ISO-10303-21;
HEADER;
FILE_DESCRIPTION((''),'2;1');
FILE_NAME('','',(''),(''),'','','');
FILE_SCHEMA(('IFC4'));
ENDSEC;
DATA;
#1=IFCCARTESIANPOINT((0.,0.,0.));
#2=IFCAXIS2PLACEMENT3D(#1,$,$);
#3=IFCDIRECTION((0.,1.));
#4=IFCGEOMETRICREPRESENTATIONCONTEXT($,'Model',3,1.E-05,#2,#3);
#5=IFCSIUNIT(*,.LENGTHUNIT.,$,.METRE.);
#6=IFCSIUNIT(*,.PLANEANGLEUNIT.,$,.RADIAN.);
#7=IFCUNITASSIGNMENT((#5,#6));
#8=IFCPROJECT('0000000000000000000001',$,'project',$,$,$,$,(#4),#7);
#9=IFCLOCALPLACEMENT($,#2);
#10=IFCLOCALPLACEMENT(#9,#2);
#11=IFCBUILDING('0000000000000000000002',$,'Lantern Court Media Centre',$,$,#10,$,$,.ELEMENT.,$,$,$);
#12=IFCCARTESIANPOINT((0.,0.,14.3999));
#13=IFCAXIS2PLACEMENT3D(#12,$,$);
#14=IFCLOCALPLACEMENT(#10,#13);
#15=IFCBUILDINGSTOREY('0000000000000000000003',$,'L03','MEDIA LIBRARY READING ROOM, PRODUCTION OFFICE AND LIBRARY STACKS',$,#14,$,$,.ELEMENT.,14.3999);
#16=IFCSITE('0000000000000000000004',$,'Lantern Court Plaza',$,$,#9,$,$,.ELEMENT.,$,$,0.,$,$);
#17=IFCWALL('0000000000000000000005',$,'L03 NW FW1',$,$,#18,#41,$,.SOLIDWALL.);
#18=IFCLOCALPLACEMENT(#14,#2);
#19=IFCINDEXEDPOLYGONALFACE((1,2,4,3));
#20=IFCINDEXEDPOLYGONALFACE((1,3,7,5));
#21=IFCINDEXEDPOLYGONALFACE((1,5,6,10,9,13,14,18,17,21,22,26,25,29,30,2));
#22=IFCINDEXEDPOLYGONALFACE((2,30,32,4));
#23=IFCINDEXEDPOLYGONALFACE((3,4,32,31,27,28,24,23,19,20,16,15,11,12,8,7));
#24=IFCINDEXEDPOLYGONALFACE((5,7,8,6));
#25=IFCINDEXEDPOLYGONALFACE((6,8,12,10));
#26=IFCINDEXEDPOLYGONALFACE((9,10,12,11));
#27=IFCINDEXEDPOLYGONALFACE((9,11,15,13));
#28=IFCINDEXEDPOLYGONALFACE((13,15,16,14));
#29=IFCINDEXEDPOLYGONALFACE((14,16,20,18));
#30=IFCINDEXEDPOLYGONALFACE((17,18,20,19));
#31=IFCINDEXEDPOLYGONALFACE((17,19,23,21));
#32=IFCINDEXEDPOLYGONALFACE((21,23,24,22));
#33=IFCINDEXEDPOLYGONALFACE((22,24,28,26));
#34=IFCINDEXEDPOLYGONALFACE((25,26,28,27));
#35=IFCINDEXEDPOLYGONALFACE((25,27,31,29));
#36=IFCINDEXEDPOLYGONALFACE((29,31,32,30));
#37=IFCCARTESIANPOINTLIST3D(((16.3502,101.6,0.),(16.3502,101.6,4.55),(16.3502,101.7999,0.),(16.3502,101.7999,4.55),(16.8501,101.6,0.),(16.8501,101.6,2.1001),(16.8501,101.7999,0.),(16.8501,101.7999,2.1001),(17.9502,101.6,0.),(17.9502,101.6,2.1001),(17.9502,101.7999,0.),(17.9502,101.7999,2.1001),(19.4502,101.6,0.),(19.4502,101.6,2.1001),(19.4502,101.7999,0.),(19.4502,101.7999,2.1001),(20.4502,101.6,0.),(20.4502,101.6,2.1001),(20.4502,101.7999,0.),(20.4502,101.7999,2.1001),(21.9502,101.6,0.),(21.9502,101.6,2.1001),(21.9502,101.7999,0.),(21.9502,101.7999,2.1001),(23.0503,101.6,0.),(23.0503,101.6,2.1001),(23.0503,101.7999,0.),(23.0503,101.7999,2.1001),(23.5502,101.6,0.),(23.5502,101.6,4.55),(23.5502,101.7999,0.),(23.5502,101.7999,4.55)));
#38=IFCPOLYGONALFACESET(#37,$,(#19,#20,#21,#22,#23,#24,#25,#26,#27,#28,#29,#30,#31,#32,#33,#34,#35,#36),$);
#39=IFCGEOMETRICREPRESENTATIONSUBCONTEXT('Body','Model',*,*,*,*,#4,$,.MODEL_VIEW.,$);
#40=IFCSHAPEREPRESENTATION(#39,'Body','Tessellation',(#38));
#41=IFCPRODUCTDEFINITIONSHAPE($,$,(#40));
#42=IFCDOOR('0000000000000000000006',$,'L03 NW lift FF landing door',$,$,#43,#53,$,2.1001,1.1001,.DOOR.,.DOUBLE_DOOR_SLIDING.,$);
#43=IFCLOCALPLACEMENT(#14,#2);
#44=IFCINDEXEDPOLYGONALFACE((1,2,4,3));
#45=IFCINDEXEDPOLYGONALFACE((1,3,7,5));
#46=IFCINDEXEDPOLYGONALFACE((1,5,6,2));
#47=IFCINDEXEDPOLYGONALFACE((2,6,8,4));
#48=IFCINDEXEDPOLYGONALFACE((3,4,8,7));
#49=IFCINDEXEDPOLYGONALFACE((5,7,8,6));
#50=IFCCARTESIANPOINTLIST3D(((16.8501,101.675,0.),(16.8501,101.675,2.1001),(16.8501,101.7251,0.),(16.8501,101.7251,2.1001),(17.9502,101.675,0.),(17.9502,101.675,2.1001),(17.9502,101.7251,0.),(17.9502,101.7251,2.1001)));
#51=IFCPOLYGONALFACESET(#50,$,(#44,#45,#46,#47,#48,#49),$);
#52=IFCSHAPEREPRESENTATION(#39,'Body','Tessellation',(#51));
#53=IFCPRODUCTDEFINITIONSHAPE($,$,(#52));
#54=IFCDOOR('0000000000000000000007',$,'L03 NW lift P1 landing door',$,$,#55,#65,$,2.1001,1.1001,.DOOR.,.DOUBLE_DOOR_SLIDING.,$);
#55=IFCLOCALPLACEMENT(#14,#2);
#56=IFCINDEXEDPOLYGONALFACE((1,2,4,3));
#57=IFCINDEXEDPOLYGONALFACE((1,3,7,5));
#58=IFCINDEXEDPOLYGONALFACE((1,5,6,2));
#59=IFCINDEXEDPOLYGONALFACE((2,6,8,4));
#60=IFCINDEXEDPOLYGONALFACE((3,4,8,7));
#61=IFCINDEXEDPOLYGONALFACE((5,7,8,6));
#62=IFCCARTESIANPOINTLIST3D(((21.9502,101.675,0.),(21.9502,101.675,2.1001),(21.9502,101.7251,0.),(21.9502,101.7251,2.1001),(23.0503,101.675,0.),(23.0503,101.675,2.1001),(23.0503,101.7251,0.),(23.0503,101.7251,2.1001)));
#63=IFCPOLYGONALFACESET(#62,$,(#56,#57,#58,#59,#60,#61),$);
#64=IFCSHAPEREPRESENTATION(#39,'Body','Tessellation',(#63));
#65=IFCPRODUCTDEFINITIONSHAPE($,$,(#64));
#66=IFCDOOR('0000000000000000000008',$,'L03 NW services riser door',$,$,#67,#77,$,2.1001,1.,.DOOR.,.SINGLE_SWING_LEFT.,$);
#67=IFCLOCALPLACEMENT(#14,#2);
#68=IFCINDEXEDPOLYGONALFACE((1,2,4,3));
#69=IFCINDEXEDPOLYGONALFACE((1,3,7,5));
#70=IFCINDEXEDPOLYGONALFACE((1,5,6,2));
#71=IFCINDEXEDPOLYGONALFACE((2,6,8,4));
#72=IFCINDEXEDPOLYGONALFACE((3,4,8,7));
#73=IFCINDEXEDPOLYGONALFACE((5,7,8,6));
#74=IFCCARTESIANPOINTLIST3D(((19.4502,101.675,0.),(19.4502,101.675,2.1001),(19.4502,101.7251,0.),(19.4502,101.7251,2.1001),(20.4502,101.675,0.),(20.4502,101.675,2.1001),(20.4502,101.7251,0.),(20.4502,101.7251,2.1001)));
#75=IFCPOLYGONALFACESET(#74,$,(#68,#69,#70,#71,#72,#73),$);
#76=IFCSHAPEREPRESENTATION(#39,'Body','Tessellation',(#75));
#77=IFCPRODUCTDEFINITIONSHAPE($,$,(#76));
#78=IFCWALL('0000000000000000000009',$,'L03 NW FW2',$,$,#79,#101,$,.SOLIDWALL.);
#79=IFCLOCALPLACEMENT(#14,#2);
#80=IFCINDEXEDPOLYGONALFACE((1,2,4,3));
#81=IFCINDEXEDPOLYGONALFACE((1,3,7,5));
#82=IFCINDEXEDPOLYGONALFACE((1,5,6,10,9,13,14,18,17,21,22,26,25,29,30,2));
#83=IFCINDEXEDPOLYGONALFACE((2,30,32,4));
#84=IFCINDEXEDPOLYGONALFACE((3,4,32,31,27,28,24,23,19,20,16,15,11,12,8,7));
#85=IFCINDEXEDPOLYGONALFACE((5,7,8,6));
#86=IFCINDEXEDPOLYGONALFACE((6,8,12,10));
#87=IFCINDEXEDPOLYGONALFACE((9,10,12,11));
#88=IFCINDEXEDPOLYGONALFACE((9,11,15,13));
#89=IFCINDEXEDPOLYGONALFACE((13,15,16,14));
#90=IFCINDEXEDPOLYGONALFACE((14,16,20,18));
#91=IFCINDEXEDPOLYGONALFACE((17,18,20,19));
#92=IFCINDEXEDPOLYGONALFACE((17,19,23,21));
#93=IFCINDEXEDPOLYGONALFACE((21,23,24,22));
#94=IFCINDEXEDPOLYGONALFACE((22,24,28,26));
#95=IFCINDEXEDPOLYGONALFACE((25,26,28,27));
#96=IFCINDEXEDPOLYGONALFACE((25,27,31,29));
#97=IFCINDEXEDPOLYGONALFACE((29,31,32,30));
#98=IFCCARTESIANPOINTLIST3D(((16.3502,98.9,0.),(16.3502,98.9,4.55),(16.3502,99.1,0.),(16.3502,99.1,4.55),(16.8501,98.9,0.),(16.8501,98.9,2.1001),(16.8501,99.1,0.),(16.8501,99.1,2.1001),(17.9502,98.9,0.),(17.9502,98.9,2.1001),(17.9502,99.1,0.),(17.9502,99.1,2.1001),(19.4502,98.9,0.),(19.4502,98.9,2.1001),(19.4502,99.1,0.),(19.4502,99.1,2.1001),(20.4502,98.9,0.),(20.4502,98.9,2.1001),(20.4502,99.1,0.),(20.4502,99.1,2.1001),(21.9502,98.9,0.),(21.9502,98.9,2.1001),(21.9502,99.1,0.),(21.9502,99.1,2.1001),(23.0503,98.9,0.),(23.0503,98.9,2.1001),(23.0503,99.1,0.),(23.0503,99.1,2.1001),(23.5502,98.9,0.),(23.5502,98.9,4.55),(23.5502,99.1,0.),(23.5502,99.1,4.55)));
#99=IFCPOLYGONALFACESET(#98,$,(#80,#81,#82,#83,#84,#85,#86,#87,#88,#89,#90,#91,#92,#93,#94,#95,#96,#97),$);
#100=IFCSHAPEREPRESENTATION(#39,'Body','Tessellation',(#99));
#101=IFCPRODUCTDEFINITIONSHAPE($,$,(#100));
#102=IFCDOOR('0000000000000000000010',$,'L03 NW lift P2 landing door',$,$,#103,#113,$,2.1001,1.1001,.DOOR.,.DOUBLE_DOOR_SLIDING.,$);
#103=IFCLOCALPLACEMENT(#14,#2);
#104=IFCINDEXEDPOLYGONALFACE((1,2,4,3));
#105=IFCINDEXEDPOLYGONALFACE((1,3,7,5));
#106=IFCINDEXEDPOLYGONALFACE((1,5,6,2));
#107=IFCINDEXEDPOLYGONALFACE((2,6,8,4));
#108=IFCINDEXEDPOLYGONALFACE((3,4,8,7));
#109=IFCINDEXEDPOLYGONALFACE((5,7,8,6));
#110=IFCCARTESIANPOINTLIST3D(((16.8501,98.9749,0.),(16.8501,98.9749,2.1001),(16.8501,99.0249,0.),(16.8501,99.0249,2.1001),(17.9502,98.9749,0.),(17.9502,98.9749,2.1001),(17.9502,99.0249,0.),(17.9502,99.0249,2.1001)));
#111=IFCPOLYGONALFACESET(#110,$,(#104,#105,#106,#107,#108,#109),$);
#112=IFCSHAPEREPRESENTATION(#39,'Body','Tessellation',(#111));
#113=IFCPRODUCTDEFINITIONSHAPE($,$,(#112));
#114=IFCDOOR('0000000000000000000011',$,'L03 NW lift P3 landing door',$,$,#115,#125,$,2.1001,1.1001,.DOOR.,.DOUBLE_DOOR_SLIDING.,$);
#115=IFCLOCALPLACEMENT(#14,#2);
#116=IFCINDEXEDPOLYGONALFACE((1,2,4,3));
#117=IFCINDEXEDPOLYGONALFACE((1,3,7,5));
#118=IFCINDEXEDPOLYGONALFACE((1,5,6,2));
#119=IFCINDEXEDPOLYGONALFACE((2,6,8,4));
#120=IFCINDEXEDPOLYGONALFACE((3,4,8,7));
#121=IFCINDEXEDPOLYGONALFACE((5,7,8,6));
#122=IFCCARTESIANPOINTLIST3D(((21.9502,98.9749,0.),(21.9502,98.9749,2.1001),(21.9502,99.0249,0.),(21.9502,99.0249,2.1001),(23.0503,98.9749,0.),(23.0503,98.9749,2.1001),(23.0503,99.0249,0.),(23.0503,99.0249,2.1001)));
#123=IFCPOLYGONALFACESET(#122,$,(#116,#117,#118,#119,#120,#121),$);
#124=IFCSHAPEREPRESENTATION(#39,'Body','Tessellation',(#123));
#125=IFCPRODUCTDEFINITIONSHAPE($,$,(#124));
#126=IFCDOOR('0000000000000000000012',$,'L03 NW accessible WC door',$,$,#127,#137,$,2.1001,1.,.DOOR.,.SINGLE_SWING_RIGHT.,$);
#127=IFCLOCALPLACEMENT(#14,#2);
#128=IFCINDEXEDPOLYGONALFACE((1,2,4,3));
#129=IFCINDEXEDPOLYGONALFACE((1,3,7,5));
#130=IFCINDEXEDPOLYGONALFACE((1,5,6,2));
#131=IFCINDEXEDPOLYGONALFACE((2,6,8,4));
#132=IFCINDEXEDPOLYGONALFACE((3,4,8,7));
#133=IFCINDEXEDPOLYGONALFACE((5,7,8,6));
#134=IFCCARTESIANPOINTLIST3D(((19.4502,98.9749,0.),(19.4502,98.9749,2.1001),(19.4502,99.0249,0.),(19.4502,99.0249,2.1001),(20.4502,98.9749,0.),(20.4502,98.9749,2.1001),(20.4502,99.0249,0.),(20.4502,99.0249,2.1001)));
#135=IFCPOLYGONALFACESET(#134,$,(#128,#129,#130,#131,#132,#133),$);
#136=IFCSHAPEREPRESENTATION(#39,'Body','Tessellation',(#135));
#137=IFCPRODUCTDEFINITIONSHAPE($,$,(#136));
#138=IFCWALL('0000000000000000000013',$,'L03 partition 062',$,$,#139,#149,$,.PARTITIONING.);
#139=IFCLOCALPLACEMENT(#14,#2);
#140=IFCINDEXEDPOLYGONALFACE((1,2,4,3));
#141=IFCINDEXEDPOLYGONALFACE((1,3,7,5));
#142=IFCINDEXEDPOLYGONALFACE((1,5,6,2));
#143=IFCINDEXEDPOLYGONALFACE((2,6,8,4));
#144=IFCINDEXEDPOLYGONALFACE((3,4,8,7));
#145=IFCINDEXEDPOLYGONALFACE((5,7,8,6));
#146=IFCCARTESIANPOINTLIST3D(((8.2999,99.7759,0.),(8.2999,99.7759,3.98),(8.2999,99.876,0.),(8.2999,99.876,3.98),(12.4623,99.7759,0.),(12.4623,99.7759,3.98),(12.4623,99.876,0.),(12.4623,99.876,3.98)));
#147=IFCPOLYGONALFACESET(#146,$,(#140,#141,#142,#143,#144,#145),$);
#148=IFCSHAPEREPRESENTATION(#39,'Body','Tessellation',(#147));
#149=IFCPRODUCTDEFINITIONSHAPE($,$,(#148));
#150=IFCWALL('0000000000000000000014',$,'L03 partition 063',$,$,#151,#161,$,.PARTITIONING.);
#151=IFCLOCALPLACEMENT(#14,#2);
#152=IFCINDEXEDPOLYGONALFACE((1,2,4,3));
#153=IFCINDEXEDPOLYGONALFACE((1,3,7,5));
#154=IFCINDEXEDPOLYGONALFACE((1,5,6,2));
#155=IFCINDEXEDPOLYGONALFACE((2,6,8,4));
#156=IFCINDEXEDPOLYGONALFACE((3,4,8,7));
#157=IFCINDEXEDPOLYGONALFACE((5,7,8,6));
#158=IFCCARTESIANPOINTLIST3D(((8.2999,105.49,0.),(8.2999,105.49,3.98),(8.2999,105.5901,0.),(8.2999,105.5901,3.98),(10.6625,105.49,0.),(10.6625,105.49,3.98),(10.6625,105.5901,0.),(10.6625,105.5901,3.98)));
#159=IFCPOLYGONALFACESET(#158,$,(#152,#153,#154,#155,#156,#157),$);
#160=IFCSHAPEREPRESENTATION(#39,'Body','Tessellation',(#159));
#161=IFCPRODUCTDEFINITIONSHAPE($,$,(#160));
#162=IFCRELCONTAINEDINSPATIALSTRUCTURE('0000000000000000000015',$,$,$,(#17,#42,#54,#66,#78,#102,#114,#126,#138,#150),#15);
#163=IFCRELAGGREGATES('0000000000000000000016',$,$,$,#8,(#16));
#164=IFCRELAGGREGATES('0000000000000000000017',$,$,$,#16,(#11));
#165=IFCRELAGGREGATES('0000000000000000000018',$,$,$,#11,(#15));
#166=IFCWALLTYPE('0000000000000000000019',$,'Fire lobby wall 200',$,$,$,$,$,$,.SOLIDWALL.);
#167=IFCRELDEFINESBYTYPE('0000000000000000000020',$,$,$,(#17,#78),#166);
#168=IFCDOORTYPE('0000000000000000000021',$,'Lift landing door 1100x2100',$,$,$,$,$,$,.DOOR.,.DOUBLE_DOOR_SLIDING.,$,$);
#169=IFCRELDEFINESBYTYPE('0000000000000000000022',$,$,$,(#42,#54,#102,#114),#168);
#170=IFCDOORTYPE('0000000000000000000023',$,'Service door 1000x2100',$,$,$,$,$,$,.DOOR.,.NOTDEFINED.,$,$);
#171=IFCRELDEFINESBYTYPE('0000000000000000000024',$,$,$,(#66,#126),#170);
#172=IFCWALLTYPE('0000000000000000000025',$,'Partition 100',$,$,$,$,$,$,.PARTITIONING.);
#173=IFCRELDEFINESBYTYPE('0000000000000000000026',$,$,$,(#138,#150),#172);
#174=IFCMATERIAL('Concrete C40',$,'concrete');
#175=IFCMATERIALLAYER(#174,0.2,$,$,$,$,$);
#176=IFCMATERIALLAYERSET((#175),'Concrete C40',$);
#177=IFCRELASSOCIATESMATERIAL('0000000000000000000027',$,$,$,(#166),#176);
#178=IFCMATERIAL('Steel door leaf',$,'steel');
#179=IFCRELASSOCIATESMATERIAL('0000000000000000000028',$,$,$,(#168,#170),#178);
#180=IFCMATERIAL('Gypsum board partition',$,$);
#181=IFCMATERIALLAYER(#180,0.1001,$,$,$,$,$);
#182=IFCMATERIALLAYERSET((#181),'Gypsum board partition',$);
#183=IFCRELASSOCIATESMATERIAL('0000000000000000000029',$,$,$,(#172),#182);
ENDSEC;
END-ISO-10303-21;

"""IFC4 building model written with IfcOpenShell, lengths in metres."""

from ifc_helpers import new_model, si_unit, direction, frame, frame_2d, origin, place, context, subcontext, project, spatial, rectangle, extrude, material, layer, layer_set, type_object, element, fill, save


model = new_model("IFC4")

# Units and contexts
model_context = context("Model", 3, precision=1e-05, world=origin(), true_north=direction((0.0, 1.0)))
body_context = subcontext(model_context, "Body", "Model", "MODEL_VIEW")
ifc_project = project(units=[si_unit("LENGTHUNIT", "METRE"), si_unit("PLANEANGLEUNIT", "RADIAN")], contexts=[model_context])

# Site, building, storey
site_placement = place(None, origin())
site = spatial("IfcSite", under=ifc_project, at=site_placement, Name="Lantern Court Plaza", CompositionType="ELEMENT", RefElevation=0.0)
building_placement = place(site_placement, origin())
building = spatial("IfcBuilding", under=site, at=building_placement, Name="Lantern Court Media Centre", CompositionType="ELEMENT")
storey_placement = place(building_placement, frame((0.0, 0.0, 14.3999)))
storey = spatial("IfcBuildingStorey", under=building, at=storey_placement, Name="L03", Description="MEDIA LIBRARY READING ROOM, PRODUCTION OFFICE AND LIBRARY STACKS", CompositionType="ELEMENT", Elevation=14.3999)

# Shared definitions
ifc_material_1 = material(Name="Gypsum board partition")

# Walls, openings, doors
ifc_material_2 = material(Name="Concrete C40", Category="concrete")
ifc_layer_1 = layer(ifc_material_2, 0.2)
ifc_layer_set_1 = layer_set([ifc_layer_1], Name="Concrete C40")
wall_type_1 = type_object("IfcWallType", Name="Fire lobby wall 200", PredefinedType="SOLIDWALL", material=ifc_layer_set_1)
wall_1_placement = place(storey_placement, frame((16.3501, 101.7, 0.0), z_axis=(0.0, 0.0, 1.0), x_axis=(1.0, 0.0, 0.0)))
wall_1 = element("IfcWall", 1, at=wall_1_placement, inside=storey, type_object=wall_type_1, Name="L03 NW FW1", PredefinedType="SOLIDWALL", context=body_context, shape_type="SweptSolid", body=[
    extrude(rectangle(XDim=7.2, YDim=0.2, at=frame_2d((3.6001, 0.0))), origin(), (0.0, 0.0, 1.0), 4.55),
])
opening_1_placement = place(wall_1_placement, frame((0.5, 0.0, 0.0)))
opening_1 = element("IfcOpeningElement", 2, at=opening_1_placement, cuts=wall_1, PredefinedType="OPENING", context=body_context, shape_type="SweptSolid", body=[
    extrude(rectangle(XDim=1.1001, YDim=2.1001, at=frame_2d((0.55, 1.05))), frame((0.0, 0.1099, 0.0), z_axis=(0.0, -1.0, 0.0), x_axis=(1.0, 0.0, 0.0)), (0.0, 0.0, 1.0), 0.22),
])
opening_2_placement = place(wall_1_placement, frame((5.6001, 0.0, 0.0)))
opening_2 = element("IfcOpeningElement", 3, at=opening_2_placement, cuts=wall_1, PredefinedType="OPENING", context=body_context, shape_type="SweptSolid", body=[
    extrude(rectangle(XDim=1.1001, YDim=2.1001, at=frame_2d((0.55, 1.05))), frame((0.0, 0.1099, 0.0), z_axis=(0.0, -1.0, 0.0), x_axis=(1.0, 0.0, 0.0)), (0.0, 0.0, 1.0), 0.22),
])
opening_3_placement = place(wall_1_placement, frame((3.1001, 0.0, 0.0)))
opening_3 = element("IfcOpeningElement", 4, at=opening_3_placement, cuts=wall_1, PredefinedType="OPENING", context=body_context, shape_type="SweptSolid", body=[
    extrude(rectangle(XDim=1.0, YDim=2.1001, at=frame_2d((0.5, 1.05))), frame((0.0, 0.1099, 0.0), z_axis=(0.0, -1.0, 0.0), x_axis=(1.0, 0.0, 0.0)), (0.0, 0.0, 1.0), 0.22),
])
ifc_material_3 = material(Name="Steel door leaf", Category="steel")
door_type_1 = type_object("IfcDoorType", Name="Lift landing door 1100x2100", OperationType="DOUBLE_DOOR_SLIDING", PredefinedType="DOOR", material=ifc_material_3)
door_1_placement = place(opening_1_placement, frame((1.1001, 0.0, 0.0), z_axis=(0.0, 0.0, 1.0), x_axis=(-1.0, 0.0, 0.0)))
door_1 = element("IfcDoor", 5, at=door_1_placement, inside=storey, type_object=door_type_1, Name="L03 NW lift FF landing door", OperationType="DOUBLE_DOOR_SLIDING", OverallHeight=2.1001, OverallWidth=1.1001, PredefinedType="DOOR", context=body_context, shape_type="SweptSolid", body=[
    extrude(rectangle(XDim=1.1001, YDim=2.1001, at=frame_2d((0.55, 1.05))), frame((0.0, 0.0249, 0.0), z_axis=(0.0, -1.0, 0.0), x_axis=(1.0, 0.0, 0.0)), (0.0, 0.0, 1.0), 0.05),
])
fill(opening_1, door_1)
door_2_placement = place(opening_2_placement, frame((1.1001, 0.0, 0.0), z_axis=(0.0, 0.0, 1.0), x_axis=(-1.0, 0.0, 0.0)))
door_2 = element("IfcDoor", 6, at=door_2_placement, inside=storey, type_object=door_type_1, Name="L03 NW lift P1 landing door", OperationType="DOUBLE_DOOR_SLIDING", OverallHeight=2.1001, OverallWidth=1.1001, PredefinedType="DOOR", context=body_context, shape_type="SweptSolid", body=[
    extrude(rectangle(XDim=1.1001, YDim=2.1001, at=frame_2d((0.55, 1.05))), frame((0.0, 0.0249, 0.0), z_axis=(0.0, -1.0, 0.0), x_axis=(1.0, 0.0, 0.0)), (0.0, 0.0, 1.0), 0.05),
])
fill(opening_2, door_2)
door_type_2 = type_object("IfcDoorType", Name="Service door 1000x2100", OperationType="NOTDEFINED", PredefinedType="DOOR", material=ifc_material_3)
door_3_placement = place(opening_3_placement, frame((1.0, 0.0, 0.0), z_axis=(0.0, 0.0, 1.0), x_axis=(-1.0, 0.0, 0.0)))
door_3 = element("IfcDoor", 7, at=door_3_placement, inside=storey, type_object=door_type_2, Name="L03 NW services riser door", OperationType="SINGLE_SWING_LEFT", OverallHeight=2.1001, OverallWidth=1.0, PredefinedType="DOOR", context=body_context, shape_type="SweptSolid", body=[
    extrude(rectangle(XDim=1.0, YDim=2.1001, at=frame_2d((0.5, 1.05))), frame((0.0, 0.0249, 0.0), z_axis=(0.0, -1.0, 0.0), x_axis=(1.0, 0.0, 0.0)), (0.0, 0.0, 1.0), 0.05),
])
fill(opening_3, door_3)
wall_2_placement = place(storey_placement, frame((16.3501, 99.0, 0.0), z_axis=(0.0, 0.0, 1.0), x_axis=(1.0, 0.0, 0.0)))
wall_2 = element("IfcWall", 8, at=wall_2_placement, inside=storey, type_object=wall_type_1, Name="L03 NW FW2", PredefinedType="SOLIDWALL", context=body_context, shape_type="SweptSolid", body=[
    extrude(rectangle(XDim=7.2, YDim=0.2, at=frame_2d((3.6001, 0.0))), origin(), (0.0, 0.0, 1.0), 4.55),
])
opening_4_placement = place(wall_2_placement, frame((0.5, 0.0, 0.0)))
opening_4 = element("IfcOpeningElement", 9, at=opening_4_placement, cuts=wall_2, PredefinedType="OPENING", context=body_context, shape_type="SweptSolid", body=[
    extrude(rectangle(XDim=1.1001, YDim=2.1001, at=frame_2d((0.55, 1.05))), frame((0.0, 0.1099, 0.0), z_axis=(0.0, -1.0, 0.0), x_axis=(1.0, 0.0, 0.0)), (0.0, 0.0, 1.0), 0.22),
])
opening_5_placement = place(wall_2_placement, frame((5.6001, 0.0, 0.0)))
opening_5 = element("IfcOpeningElement", 10, at=opening_5_placement, cuts=wall_2, PredefinedType="OPENING", context=body_context, shape_type="SweptSolid", body=[
    extrude(rectangle(XDim=1.1001, YDim=2.1001, at=frame_2d((0.55, 1.05))), frame((0.0, 0.1099, 0.0), z_axis=(0.0, -1.0, 0.0), x_axis=(1.0, 0.0, 0.0)), (0.0, 0.0, 1.0), 0.22),
])
opening_6_placement = place(wall_2_placement, frame((3.1001, 0.0, 0.0)))
opening_6 = element("IfcOpeningElement", 11, at=opening_6_placement, cuts=wall_2, PredefinedType="OPENING", context=body_context, shape_type="SweptSolid", body=[
    extrude(rectangle(XDim=1.0, YDim=2.1001, at=frame_2d((0.5, 1.05))), frame((0.0, 0.1099, 0.0), z_axis=(0.0, -1.0, 0.0), x_axis=(1.0, 0.0, 0.0)), (0.0, 0.0, 1.0), 0.22),
])
door_4_placement = place(opening_4_placement, origin())
door_4 = element("IfcDoor", 12, at=door_4_placement, inside=storey, type_object=door_type_1, Name="L03 NW lift P2 landing door", OperationType="DOUBLE_DOOR_SLIDING", OverallHeight=2.1001, OverallWidth=1.1001, PredefinedType="DOOR", context=body_context, shape_type="SweptSolid", body=[
    extrude(rectangle(XDim=1.1001, YDim=2.1001, at=frame_2d((0.55, 1.05))), frame((0.0, 0.0249, 0.0), z_axis=(0.0, -1.0, 0.0), x_axis=(1.0, 0.0, 0.0)), (0.0, 0.0, 1.0), 0.05),
])
fill(opening_4, door_4)
door_5_placement = place(opening_5_placement, origin())
door_5 = element("IfcDoor", 13, at=door_5_placement, inside=storey, type_object=door_type_1, Name="L03 NW lift P3 landing door", OperationType="DOUBLE_DOOR_SLIDING", OverallHeight=2.1001, OverallWidth=1.1001, PredefinedType="DOOR", context=body_context, shape_type="SweptSolid", body=[
    extrude(rectangle(XDim=1.1001, YDim=2.1001, at=frame_2d((0.55, 1.05))), frame((0.0, 0.0249, 0.0), z_axis=(0.0, -1.0, 0.0), x_axis=(1.0, 0.0, 0.0)), (0.0, 0.0, 1.0), 0.05),
])
fill(opening_5, door_5)
door_6_placement = place(opening_6_placement, origin())
door_6 = element("IfcDoor", 14, at=door_6_placement, inside=storey, type_object=door_type_2, Name="L03 NW accessible WC door", OperationType="SINGLE_SWING_RIGHT", OverallHeight=2.1001, OverallWidth=1.0, PredefinedType="DOOR", context=body_context, shape_type="SweptSolid", body=[
    extrude(rectangle(XDim=1.0, YDim=2.1001, at=frame_2d((0.5, 1.05))), frame((0.0, 0.0249, 0.0), z_axis=(0.0, -1.0, 0.0), x_axis=(1.0, 0.0, 0.0)), (0.0, 0.0, 1.0), 0.05),
])
fill(opening_6, door_6)

# Walls
ifc_layer_2 = layer(ifc_material_1, 0.1001)
ifc_layer_set_2 = layer_set([ifc_layer_2], Name="Gypsum board partition")
wall_type_2 = type_object("IfcWallType", Name="Partition 100", PredefinedType="PARTITIONING", material=ifc_layer_set_2)
wall_3_placement = place(storey_placement, frame((8.3, 99.8259, 0.0), z_axis=(0.0, 0.0, 1.0), x_axis=(1.0, 0.0, 0.0)))
element("IfcWall", 15, at=wall_3_placement, inside=storey, type_object=wall_type_2, Name="L03 partition 062", PredefinedType="PARTITIONING", context=body_context, shape_type="SweptSolid", body=[
    extrude(rectangle(XDim=4.1624, YDim=0.1001, at=frame_2d((2.0811, 0.0))), origin(), (0.0, 0.0, 1.0), 3.98),
])
wall_4_placement = place(storey_placement, frame((8.3, 105.54, 0.0), z_axis=(0.0, 0.0, 1.0), x_axis=(1.0, 0.0, 0.0)))
element("IfcWall", 16, at=wall_4_placement, inside=storey, type_object=wall_type_2, Name="L03 partition 063", PredefinedType="PARTITIONING", context=body_context, shape_type="SweptSolid", body=[
    extrude(rectangle(XDim=2.3625, YDim=0.1001, at=frame_2d((1.1812, 0.0))), origin(), (0.0, 0.0, 1.0), 3.98),
])

save(model, "model.ifc")
